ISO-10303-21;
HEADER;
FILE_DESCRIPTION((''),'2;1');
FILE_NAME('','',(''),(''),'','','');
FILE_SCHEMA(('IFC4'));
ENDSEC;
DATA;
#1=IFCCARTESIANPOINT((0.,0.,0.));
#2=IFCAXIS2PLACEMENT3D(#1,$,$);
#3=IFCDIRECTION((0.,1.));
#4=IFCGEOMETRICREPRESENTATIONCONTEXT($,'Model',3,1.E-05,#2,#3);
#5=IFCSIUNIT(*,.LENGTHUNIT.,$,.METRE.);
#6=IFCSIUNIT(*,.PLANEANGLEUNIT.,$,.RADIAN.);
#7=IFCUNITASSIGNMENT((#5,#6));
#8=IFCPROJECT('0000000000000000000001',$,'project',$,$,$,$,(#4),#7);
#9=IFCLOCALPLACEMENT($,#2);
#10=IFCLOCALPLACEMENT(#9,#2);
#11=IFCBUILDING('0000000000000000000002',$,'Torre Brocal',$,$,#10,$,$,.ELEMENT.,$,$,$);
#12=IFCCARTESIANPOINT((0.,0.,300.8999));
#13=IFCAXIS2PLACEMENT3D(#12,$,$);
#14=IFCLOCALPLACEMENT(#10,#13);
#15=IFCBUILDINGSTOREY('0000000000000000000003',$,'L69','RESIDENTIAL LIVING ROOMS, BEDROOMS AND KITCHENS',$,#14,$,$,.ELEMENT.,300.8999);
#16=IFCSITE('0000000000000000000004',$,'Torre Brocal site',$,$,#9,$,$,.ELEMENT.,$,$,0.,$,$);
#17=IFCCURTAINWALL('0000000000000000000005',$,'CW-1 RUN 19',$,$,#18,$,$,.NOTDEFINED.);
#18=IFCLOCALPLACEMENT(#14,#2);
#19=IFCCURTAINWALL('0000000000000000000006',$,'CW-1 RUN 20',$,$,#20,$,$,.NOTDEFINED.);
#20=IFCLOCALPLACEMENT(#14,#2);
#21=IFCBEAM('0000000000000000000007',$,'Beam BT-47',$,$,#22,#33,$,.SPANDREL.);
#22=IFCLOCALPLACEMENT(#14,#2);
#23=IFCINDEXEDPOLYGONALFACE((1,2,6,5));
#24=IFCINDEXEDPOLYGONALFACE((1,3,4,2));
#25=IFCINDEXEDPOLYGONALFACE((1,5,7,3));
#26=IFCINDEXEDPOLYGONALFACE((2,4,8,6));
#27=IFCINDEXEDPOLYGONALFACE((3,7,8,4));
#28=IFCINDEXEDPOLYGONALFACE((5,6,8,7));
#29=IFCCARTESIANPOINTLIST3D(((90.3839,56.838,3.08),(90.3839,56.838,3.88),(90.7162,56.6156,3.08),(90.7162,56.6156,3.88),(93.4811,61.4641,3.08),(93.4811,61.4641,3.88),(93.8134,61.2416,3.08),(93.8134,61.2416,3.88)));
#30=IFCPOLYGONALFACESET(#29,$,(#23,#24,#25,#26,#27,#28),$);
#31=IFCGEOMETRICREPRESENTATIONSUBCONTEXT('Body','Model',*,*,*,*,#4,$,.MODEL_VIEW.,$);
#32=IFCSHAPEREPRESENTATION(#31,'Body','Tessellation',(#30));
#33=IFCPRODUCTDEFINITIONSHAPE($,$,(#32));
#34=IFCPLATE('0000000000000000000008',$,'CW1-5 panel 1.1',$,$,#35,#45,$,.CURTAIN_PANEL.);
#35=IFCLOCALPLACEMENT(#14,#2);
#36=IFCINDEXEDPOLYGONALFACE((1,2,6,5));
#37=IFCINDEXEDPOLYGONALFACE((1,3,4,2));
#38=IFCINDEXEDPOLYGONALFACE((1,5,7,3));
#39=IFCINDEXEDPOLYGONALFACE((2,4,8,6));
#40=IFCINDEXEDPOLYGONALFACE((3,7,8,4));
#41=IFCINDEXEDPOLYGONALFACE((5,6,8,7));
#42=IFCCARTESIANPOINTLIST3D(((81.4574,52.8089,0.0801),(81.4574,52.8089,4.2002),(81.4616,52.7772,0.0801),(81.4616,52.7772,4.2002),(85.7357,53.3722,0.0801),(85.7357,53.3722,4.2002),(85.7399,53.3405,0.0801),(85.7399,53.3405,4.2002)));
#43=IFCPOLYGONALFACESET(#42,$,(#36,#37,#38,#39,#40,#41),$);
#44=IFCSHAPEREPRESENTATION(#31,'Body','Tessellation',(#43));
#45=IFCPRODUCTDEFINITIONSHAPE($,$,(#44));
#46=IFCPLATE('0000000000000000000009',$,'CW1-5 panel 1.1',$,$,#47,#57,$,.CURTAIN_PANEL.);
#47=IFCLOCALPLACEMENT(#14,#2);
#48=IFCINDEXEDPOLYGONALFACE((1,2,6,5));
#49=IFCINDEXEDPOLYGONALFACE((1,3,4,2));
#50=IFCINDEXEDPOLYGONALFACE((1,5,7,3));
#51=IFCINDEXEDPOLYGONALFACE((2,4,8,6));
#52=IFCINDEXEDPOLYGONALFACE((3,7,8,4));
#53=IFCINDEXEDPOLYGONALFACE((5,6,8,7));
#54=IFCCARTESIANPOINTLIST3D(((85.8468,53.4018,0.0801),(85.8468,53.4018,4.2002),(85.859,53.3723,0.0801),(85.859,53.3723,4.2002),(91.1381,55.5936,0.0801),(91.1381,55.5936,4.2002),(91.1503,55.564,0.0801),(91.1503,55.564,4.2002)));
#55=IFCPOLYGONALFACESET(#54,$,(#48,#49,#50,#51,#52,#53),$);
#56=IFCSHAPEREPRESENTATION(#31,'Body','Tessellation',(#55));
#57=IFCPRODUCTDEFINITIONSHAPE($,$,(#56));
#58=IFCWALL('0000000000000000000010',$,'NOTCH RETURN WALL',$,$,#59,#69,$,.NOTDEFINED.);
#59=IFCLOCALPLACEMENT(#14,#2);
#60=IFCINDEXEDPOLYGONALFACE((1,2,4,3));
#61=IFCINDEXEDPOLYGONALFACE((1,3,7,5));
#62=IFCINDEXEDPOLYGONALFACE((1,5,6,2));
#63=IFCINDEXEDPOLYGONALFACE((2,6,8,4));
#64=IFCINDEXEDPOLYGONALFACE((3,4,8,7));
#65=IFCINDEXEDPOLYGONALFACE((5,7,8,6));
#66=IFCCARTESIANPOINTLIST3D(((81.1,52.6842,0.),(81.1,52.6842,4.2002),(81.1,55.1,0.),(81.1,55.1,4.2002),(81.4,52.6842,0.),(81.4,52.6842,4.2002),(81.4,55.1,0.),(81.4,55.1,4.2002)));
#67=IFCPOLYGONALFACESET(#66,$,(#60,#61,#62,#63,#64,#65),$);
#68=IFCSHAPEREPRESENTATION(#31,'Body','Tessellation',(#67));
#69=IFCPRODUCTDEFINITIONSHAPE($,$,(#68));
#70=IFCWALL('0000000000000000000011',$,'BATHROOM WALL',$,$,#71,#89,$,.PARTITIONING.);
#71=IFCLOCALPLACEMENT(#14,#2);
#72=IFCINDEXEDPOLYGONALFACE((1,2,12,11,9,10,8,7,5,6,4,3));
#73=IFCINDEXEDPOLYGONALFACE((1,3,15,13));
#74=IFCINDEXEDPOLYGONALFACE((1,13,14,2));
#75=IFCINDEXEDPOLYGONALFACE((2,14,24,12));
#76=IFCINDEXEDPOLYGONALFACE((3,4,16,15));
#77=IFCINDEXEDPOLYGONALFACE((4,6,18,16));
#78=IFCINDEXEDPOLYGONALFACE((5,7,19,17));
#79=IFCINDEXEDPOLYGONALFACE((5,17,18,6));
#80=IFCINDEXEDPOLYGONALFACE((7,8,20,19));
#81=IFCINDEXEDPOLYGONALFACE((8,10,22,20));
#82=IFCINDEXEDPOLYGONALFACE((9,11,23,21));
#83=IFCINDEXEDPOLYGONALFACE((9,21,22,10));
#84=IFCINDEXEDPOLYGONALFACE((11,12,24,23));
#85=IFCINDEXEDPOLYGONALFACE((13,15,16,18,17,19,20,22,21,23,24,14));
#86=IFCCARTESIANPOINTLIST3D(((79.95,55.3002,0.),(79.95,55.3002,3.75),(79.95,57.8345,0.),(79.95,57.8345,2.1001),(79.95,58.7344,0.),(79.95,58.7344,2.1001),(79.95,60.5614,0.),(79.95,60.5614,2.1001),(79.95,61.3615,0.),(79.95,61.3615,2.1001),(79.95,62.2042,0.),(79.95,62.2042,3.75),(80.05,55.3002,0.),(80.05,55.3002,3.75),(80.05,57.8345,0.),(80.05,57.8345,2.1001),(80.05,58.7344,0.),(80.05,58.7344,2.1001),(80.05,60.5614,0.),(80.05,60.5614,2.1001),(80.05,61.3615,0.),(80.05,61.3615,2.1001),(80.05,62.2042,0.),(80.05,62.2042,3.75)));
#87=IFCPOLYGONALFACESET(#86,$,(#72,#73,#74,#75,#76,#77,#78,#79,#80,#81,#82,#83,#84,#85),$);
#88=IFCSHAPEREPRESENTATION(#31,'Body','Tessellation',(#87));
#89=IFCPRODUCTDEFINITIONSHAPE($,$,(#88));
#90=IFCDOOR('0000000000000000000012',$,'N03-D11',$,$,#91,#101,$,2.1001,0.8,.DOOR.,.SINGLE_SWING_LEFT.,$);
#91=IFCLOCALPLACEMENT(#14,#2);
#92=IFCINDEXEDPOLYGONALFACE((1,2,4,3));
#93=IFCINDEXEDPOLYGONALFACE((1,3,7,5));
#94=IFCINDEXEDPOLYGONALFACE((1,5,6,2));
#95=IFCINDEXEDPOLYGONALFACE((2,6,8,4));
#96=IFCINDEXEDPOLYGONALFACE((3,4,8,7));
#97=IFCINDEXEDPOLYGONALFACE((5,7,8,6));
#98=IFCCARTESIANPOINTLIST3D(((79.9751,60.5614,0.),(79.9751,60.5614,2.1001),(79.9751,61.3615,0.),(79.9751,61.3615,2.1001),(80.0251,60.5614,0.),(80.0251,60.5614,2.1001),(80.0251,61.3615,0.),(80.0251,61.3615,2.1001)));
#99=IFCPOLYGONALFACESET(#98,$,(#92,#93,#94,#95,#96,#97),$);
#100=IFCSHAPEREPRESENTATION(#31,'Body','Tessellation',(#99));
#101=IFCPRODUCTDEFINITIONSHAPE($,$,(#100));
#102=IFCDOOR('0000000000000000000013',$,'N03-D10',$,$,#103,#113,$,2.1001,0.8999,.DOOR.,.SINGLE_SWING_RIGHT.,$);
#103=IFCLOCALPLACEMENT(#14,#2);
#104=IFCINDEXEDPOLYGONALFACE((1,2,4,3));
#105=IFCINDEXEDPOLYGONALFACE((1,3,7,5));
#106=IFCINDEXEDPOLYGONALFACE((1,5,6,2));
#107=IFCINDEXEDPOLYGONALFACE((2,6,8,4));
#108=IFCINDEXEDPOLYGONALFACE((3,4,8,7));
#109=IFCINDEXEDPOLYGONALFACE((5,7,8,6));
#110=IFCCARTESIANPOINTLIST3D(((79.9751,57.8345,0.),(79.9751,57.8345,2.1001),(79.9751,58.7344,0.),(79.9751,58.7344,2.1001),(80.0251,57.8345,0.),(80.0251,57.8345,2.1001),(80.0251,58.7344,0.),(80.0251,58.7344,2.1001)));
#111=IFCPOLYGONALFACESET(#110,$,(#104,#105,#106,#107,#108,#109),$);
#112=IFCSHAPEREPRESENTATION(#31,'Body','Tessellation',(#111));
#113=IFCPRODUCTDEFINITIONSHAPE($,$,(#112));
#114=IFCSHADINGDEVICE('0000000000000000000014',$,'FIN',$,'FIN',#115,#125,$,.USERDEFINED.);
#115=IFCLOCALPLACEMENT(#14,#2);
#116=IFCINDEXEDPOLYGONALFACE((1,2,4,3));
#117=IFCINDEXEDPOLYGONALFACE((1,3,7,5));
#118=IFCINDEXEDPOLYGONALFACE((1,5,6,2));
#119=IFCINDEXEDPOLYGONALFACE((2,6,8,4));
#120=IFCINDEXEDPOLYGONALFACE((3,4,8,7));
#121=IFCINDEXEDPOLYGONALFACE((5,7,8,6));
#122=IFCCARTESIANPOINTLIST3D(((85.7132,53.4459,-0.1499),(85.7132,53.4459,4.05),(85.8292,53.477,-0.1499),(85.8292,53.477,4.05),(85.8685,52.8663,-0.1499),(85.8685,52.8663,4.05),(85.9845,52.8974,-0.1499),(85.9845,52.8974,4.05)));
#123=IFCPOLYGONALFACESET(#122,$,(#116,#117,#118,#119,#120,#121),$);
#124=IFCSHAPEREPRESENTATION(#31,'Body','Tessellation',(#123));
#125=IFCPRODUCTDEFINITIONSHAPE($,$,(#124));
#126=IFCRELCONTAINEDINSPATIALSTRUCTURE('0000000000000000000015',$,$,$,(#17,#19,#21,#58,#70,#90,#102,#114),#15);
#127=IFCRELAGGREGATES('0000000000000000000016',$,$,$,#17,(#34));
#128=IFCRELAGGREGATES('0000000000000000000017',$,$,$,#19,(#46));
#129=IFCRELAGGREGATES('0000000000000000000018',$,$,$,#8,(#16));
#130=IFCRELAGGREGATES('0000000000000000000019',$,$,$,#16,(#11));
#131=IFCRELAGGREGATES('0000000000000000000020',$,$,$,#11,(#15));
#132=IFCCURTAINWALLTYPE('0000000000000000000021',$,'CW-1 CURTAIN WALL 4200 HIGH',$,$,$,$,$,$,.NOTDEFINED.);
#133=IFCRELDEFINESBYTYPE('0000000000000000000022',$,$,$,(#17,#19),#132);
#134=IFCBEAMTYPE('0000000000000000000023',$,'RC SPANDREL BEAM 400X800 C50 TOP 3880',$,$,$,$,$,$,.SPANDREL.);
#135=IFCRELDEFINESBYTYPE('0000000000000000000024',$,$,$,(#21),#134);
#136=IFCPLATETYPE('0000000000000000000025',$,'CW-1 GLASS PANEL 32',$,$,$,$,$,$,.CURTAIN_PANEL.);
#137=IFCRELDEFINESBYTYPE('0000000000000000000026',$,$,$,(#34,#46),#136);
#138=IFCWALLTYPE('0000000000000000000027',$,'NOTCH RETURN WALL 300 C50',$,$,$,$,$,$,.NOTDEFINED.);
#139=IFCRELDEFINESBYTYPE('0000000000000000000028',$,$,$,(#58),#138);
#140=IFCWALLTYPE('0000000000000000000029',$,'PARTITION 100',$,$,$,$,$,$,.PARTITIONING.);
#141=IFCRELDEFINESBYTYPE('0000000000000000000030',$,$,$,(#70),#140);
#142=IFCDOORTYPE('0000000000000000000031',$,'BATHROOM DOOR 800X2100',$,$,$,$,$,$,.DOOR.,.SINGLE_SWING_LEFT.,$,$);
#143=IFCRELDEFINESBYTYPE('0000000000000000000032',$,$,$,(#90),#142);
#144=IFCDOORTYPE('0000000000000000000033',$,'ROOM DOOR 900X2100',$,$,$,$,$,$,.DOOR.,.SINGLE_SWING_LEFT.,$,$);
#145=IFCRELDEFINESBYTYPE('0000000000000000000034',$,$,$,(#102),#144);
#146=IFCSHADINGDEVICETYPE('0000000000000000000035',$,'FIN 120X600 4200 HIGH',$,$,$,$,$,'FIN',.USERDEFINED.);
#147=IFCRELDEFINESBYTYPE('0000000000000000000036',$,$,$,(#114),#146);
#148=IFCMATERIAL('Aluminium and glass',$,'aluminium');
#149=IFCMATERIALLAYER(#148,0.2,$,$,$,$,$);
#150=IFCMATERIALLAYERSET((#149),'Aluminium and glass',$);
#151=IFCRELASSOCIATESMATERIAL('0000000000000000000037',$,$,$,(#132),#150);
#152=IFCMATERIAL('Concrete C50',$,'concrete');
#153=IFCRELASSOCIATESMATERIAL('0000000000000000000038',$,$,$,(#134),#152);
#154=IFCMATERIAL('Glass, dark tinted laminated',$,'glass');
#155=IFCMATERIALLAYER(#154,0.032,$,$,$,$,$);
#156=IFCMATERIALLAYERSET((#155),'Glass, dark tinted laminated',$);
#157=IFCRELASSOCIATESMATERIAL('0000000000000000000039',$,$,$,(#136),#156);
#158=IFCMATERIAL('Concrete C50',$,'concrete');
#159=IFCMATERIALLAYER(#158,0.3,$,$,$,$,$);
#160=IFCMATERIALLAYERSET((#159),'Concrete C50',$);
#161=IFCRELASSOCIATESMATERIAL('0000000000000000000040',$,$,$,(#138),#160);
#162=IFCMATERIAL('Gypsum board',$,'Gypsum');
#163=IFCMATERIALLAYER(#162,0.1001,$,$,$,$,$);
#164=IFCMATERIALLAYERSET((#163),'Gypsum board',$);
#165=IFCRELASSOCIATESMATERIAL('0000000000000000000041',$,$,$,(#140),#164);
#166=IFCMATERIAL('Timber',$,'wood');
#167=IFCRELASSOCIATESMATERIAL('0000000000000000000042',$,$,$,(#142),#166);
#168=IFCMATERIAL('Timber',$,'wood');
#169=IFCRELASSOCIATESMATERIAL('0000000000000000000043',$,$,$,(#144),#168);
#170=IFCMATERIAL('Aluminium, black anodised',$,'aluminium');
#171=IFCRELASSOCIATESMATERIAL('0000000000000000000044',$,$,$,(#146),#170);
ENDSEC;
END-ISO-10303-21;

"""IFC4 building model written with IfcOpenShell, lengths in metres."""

from ifc_helpers import new_model, si_unit, direction, frame, frame_2d, origin, origin_2d, place, context, subcontext, project, spatial, rectangle, extrude, material, layer, layer_set, material_profile, profile_set, type_object, element, fill, aggregate, save


model = new_model("IFC4")

# Units and contexts
model_context = context("Model", 3, precision=1e-05, world=origin(), true_north=direction((0.0, 1.0)))
body_context = subcontext(model_context, "Body", "Model", "MODEL_VIEW")
ifc_project = project(units=[si_unit("LENGTHUNIT", "METRE"), si_unit("PLANEANGLEUNIT", "RADIAN")], contexts=[model_context])

# Site, building, storey
site_placement = place(None, origin())
site = spatial("IfcSite", under=ifc_project, at=site_placement, Name="Torre Brocal site", CompositionType="ELEMENT", RefElevation=0.0)
building_placement = place(site_placement, origin())
building = spatial("IfcBuilding", under=site, at=building_placement, Name="Torre Brocal", CompositionType="ELEMENT")
storey_placement = place(building_placement, frame((0.0, 0.0, 300.8999)))
storey = spatial("IfcBuildingStorey", under=building, at=storey_placement, Name="L69", Description="RESIDENTIAL LIVING ROOMS, BEDROOMS AND KITCHENS", CompositionType="ELEMENT", Elevation=300.8999)

# Curtain walls
ifc_material_1 = material(Name="Aluminium and glass", Category="aluminium")
ifc_layer_1 = layer(ifc_material_1, 0.2)
ifc_layer_set_1 = layer_set([ifc_layer_1], Name="Aluminium and glass")
curtain_wall_type = type_object("IfcCurtainWallType", Name="CW-1 CURTAIN WALL 4200 HIGH", PredefinedType="NOTDEFINED", material=ifc_layer_set_1)
curtain_wall_1_placement = place(storey_placement, origin())
curtain_wall_1 = element("IfcCurtainWall", 1, at=curtain_wall_1_placement, inside=storey, type_object=curtain_wall_type, Name="CW-1 RUN 19", PredefinedType="NOTDEFINED")
curtain_wall_2_placement = place(storey_placement, origin())
curtain_wall_2 = element("IfcCurtainWall", 2, at=curtain_wall_2_placement, inside=storey, type_object=curtain_wall_type, Name="CW-1 RUN 20", PredefinedType="NOTDEFINED")

# Beam
ifc_material_2 = material(Name="Concrete C50", Category="concrete")
ifc_material_profile_1 = material_profile(ifc_material_2, rectangle(XDim=0.3999, YDim=0.8, at=origin_2d()), Name="RC 400X800")
ifc_profile_set_1 = profile_set([ifc_material_profile_1], Name="Concrete C50")
beam_type_1 = type_object("IfcBeamType", Name="RC SPANDREL BEAM 400X800 C50 TOP 3880", PredefinedType="SPANDREL", material=ifc_profile_set_1)
beam_1_placement = place(storey_placement, frame((90.55, 56.7268, 3.48), z_axis=(0.556339, 0.830956, 0.0), x_axis=(-0.830956, 0.556339, 0.0)))
element("IfcBeam", 3, at=beam_1_placement, inside=storey, type_object=beam_type_1, Name="Beam BT-47", PredefinedType="SPANDREL", context=body_context, shape_type="SweptSolid", body=[
    extrude(rectangle(XDim=0.3999, YDim=0.8, at=origin_2d()), origin(), (0.0, 0.0, 1.0), 5.5671),
])

# Plates
ifc_material_3 = material(Name="Glass, dark tinted laminated", Category="glass")
ifc_layer_2 = layer(ifc_material_3, 0.032)
ifc_layer_set_2 = layer_set([ifc_layer_2], Name="Glass, dark tinted laminated")
plate_type = type_object("IfcPlateType", Name="CW-1 GLASS PANEL 32", PredefinedType="CURTAIN_PANEL", material=ifc_layer_set_2)
plate_1_placement = place(storey_placement, frame((83.5986, 53.0747, 0.0801), z_axis=(0.0, 0.0, 1.0), x_axis=(0.991445, 0.130526, 0.0)))
plate_1 = element("IfcPlate", 4, at=plate_1_placement, type_object=plate_type, Name="CW1-5 panel 1.1", PredefinedType="CURTAIN_PANEL", context=body_context, shape_type="SweptSolid", body=[
    extrude(rectangle(XDim=4.3152, YDim=0.032, at=origin_2d()), origin(), (0.0, 0.0, 1.0), 4.1201),
])
aggregate(curtain_wall_1, [plate_1])
plate_2_placement = place(storey_placement, frame((88.4985, 54.4829, 0.0801), z_axis=(0.0, 0.0, 1.0), x_axis=(0.92388, 0.382683, 0.0)))
plate_2 = element("IfcPlate", 5, at=plate_2_placement, type_object=plate_type, Name="CW1-5 panel 1.1", PredefinedType="CURTAIN_PANEL", context=body_context, shape_type="SweptSolid", body=[
    extrude(rectangle(XDim=5.7273, YDim=0.032, at=origin_2d()), origin(), (0.0, 0.0, 1.0), 4.1201),
])
aggregate(curtain_wall_2, [plate_2])

# Wall
ifc_material_4 = material(Name="Concrete C50", Category="concrete")
ifc_layer_3 = layer(ifc_material_4, 0.3)
ifc_layer_set_3 = layer_set([ifc_layer_3], Name="Concrete C50")
wall_type_1 = type_object("IfcWallType", Name="NOTCH RETURN WALL 300 C50", PredefinedType="NOTDEFINED", material=ifc_layer_set_3)
wall_1_placement = place(storey_placement, frame((81.25, 55.1001, 0.0), z_axis=(0.0, 0.0, 1.0), x_axis=(0.0, -1.0, 0.0)))
element("IfcWall", 6, at=wall_1_placement, inside=storey, type_object=wall_type_1, Name="NOTCH RETURN WALL", PredefinedType="NOTDEFINED", context=body_context, shape_type="SweptSolid", body=[
    extrude(rectangle(XDim=2.4158, YDim=0.3, at=frame_2d((1.208, 0.0))), origin(), (0.0, 0.0, 1.0), 4.2002),
])

# Wall, openings, doors
ifc_material_5 = material(Name="Gypsum board", Category="Gypsum")
ifc_layer_4 = layer(ifc_material_5, 0.1001)
ifc_layer_set_4 = layer_set([ifc_layer_4], Name="Gypsum board")
wall_type_2 = type_object("IfcWallType", Name="PARTITION 100", PredefinedType="PARTITIONING", material=ifc_layer_set_4)
wall_2_placement = place(storey_placement, frame((80.0, 55.3, 0.0), z_axis=(0.0, 0.0, 1.0), x_axis=(0.0, 1.0, 0.0)))
wall_2 = element("IfcWall", 7, at=wall_2_placement, inside=storey, type_object=wall_type_2, Name="BATHROOM WALL", PredefinedType="PARTITIONING", context=body_context, shape_type="SweptSolid", body=[
    extrude(rectangle(XDim=6.9041, YDim=0.1001, at=frame_2d((3.4521, 0.0))), origin(), (0.0, 0.0, 1.0), 3.75),
])
opening_1_placement = place(wall_2_placement, frame((2.5344, 0.0, 0.0)))
opening_1 = element("IfcOpeningElement", 8, at=opening_1_placement, cuts=wall_2, PredefinedType="OPENING", context=body_context, shape_type="SweptSolid", body=[
    extrude(rectangle(XDim=0.8999, YDim=2.1001, at=frame_2d((0.45, 1.05))), frame((0.0, 0.0601, 0.0), z_axis=(0.0, -1.0, 0.0), x_axis=(1.0, 0.0, 0.0)), (0.0, 0.0, 1.0), 0.1201),
])
opening_2_placement = place(wall_2_placement, frame((5.2615, 0.0, 0.0)))
opening_2 = element("IfcOpeningElement", 9, at=opening_2_placement, cuts=wall_2, PredefinedType="OPENING", context=body_context, shape_type="SweptSolid", body=[
    extrude(rectangle(XDim=0.8, YDim=2.1001, at=frame_2d((0.3999, 1.05))), frame((0.0, 0.0601, 0.0), z_axis=(0.0, -1.0, 0.0), x_axis=(1.0, 0.0, 0.0)), (0.0, 0.0, 1.0), 0.1201),
])
ifc_material_6 = material(Name="Timber", Category="wood")
door_type_1 = type_object("IfcDoorType", Name="BATHROOM DOOR 800X2100", OperationType="SINGLE_SWING_LEFT", PredefinedType="DOOR", material=ifc_material_6)
door_1_placement = place(opening_2_placement, origin())
door_1 = element("IfcDoor", 10, at=door_1_placement, inside=storey, type_object=door_type_1, Name="N03-D11", OperationType="SINGLE_SWING_LEFT", OverallHeight=2.1001, OverallWidth=0.8, PredefinedType="DOOR", context=body_context, shape_type="SweptSolid", body=[
    extrude(rectangle(XDim=0.8, YDim=2.1001, at=frame_2d((0.3999, 1.05))), frame((0.0, 0.0249, 0.0), z_axis=(0.0, -1.0, 0.0), x_axis=(1.0, 0.0, 0.0)), (0.0, 0.0, 1.0), 0.05),
])
fill(opening_2, door_1)
ifc_material_7 = material(Name="Timber", Category="wood")
door_type_2 = type_object("IfcDoorType", Name="ROOM DOOR 900X2100", OperationType="SINGLE_SWING_LEFT", PredefinedType="DOOR", material=ifc_material_7)
door_2_placement = place(opening_1_placement, origin())
door_2 = element("IfcDoor", 11, at=door_2_placement, inside=storey, type_object=door_type_2, Name="N03-D10", OperationType="SINGLE_SWING_RIGHT", OverallHeight=2.1001, OverallWidth=0.8999, PredefinedType="DOOR", context=body_context, shape_type="SweptSolid", body=[
    extrude(rectangle(XDim=0.8999, YDim=2.1001, at=frame_2d((0.45, 1.05))), frame((0.0, 0.0249, 0.0), z_axis=(0.0, -1.0, 0.0), x_axis=(1.0, 0.0, 0.0)), (0.0, 0.0, 1.0), 0.05),
])
fill(opening_1, door_2)

# Shading device
ifc_material_8 = material(Name="Aluminium, black anodised", Category="aluminium")
ifc_material_profile_2 = material_profile(ifc_material_8, rectangle(XDim=0.1201, YDim=0.6001, at=origin_2d()), Name="FIN 120X600 4200 HIGH")
ifc_profile_set_2 = profile_set([ifc_material_profile_2], Name="Aluminium, black anodised")
shading_device_type = type_object("IfcShadingDeviceType", Name="FIN 120X600 4200 HIGH", ElementType="FIN", PredefinedType="USERDEFINED", material=ifc_profile_set_2)
shading_device_placement = place(storey_placement, frame((85.8489, 53.1716, -0.1499), z_axis=(0.0, 0.0, 1.0), x_axis=(0.965926, 0.258819, 0.0)))
element("IfcShadingDevice", 12, at=shading_device_placement, inside=storey, type_object=shading_device_type, Name="FIN", ObjectType="FIN", PredefinedType="USERDEFINED", context=body_context, shape_type="SweptSolid", body=[
    extrude(rectangle(XDim=0.1201, YDim=0.6001, at=origin_2d()), origin(), (0.0, 0.0, 1.0), 4.2),
])

save(model, "model.ifc")
